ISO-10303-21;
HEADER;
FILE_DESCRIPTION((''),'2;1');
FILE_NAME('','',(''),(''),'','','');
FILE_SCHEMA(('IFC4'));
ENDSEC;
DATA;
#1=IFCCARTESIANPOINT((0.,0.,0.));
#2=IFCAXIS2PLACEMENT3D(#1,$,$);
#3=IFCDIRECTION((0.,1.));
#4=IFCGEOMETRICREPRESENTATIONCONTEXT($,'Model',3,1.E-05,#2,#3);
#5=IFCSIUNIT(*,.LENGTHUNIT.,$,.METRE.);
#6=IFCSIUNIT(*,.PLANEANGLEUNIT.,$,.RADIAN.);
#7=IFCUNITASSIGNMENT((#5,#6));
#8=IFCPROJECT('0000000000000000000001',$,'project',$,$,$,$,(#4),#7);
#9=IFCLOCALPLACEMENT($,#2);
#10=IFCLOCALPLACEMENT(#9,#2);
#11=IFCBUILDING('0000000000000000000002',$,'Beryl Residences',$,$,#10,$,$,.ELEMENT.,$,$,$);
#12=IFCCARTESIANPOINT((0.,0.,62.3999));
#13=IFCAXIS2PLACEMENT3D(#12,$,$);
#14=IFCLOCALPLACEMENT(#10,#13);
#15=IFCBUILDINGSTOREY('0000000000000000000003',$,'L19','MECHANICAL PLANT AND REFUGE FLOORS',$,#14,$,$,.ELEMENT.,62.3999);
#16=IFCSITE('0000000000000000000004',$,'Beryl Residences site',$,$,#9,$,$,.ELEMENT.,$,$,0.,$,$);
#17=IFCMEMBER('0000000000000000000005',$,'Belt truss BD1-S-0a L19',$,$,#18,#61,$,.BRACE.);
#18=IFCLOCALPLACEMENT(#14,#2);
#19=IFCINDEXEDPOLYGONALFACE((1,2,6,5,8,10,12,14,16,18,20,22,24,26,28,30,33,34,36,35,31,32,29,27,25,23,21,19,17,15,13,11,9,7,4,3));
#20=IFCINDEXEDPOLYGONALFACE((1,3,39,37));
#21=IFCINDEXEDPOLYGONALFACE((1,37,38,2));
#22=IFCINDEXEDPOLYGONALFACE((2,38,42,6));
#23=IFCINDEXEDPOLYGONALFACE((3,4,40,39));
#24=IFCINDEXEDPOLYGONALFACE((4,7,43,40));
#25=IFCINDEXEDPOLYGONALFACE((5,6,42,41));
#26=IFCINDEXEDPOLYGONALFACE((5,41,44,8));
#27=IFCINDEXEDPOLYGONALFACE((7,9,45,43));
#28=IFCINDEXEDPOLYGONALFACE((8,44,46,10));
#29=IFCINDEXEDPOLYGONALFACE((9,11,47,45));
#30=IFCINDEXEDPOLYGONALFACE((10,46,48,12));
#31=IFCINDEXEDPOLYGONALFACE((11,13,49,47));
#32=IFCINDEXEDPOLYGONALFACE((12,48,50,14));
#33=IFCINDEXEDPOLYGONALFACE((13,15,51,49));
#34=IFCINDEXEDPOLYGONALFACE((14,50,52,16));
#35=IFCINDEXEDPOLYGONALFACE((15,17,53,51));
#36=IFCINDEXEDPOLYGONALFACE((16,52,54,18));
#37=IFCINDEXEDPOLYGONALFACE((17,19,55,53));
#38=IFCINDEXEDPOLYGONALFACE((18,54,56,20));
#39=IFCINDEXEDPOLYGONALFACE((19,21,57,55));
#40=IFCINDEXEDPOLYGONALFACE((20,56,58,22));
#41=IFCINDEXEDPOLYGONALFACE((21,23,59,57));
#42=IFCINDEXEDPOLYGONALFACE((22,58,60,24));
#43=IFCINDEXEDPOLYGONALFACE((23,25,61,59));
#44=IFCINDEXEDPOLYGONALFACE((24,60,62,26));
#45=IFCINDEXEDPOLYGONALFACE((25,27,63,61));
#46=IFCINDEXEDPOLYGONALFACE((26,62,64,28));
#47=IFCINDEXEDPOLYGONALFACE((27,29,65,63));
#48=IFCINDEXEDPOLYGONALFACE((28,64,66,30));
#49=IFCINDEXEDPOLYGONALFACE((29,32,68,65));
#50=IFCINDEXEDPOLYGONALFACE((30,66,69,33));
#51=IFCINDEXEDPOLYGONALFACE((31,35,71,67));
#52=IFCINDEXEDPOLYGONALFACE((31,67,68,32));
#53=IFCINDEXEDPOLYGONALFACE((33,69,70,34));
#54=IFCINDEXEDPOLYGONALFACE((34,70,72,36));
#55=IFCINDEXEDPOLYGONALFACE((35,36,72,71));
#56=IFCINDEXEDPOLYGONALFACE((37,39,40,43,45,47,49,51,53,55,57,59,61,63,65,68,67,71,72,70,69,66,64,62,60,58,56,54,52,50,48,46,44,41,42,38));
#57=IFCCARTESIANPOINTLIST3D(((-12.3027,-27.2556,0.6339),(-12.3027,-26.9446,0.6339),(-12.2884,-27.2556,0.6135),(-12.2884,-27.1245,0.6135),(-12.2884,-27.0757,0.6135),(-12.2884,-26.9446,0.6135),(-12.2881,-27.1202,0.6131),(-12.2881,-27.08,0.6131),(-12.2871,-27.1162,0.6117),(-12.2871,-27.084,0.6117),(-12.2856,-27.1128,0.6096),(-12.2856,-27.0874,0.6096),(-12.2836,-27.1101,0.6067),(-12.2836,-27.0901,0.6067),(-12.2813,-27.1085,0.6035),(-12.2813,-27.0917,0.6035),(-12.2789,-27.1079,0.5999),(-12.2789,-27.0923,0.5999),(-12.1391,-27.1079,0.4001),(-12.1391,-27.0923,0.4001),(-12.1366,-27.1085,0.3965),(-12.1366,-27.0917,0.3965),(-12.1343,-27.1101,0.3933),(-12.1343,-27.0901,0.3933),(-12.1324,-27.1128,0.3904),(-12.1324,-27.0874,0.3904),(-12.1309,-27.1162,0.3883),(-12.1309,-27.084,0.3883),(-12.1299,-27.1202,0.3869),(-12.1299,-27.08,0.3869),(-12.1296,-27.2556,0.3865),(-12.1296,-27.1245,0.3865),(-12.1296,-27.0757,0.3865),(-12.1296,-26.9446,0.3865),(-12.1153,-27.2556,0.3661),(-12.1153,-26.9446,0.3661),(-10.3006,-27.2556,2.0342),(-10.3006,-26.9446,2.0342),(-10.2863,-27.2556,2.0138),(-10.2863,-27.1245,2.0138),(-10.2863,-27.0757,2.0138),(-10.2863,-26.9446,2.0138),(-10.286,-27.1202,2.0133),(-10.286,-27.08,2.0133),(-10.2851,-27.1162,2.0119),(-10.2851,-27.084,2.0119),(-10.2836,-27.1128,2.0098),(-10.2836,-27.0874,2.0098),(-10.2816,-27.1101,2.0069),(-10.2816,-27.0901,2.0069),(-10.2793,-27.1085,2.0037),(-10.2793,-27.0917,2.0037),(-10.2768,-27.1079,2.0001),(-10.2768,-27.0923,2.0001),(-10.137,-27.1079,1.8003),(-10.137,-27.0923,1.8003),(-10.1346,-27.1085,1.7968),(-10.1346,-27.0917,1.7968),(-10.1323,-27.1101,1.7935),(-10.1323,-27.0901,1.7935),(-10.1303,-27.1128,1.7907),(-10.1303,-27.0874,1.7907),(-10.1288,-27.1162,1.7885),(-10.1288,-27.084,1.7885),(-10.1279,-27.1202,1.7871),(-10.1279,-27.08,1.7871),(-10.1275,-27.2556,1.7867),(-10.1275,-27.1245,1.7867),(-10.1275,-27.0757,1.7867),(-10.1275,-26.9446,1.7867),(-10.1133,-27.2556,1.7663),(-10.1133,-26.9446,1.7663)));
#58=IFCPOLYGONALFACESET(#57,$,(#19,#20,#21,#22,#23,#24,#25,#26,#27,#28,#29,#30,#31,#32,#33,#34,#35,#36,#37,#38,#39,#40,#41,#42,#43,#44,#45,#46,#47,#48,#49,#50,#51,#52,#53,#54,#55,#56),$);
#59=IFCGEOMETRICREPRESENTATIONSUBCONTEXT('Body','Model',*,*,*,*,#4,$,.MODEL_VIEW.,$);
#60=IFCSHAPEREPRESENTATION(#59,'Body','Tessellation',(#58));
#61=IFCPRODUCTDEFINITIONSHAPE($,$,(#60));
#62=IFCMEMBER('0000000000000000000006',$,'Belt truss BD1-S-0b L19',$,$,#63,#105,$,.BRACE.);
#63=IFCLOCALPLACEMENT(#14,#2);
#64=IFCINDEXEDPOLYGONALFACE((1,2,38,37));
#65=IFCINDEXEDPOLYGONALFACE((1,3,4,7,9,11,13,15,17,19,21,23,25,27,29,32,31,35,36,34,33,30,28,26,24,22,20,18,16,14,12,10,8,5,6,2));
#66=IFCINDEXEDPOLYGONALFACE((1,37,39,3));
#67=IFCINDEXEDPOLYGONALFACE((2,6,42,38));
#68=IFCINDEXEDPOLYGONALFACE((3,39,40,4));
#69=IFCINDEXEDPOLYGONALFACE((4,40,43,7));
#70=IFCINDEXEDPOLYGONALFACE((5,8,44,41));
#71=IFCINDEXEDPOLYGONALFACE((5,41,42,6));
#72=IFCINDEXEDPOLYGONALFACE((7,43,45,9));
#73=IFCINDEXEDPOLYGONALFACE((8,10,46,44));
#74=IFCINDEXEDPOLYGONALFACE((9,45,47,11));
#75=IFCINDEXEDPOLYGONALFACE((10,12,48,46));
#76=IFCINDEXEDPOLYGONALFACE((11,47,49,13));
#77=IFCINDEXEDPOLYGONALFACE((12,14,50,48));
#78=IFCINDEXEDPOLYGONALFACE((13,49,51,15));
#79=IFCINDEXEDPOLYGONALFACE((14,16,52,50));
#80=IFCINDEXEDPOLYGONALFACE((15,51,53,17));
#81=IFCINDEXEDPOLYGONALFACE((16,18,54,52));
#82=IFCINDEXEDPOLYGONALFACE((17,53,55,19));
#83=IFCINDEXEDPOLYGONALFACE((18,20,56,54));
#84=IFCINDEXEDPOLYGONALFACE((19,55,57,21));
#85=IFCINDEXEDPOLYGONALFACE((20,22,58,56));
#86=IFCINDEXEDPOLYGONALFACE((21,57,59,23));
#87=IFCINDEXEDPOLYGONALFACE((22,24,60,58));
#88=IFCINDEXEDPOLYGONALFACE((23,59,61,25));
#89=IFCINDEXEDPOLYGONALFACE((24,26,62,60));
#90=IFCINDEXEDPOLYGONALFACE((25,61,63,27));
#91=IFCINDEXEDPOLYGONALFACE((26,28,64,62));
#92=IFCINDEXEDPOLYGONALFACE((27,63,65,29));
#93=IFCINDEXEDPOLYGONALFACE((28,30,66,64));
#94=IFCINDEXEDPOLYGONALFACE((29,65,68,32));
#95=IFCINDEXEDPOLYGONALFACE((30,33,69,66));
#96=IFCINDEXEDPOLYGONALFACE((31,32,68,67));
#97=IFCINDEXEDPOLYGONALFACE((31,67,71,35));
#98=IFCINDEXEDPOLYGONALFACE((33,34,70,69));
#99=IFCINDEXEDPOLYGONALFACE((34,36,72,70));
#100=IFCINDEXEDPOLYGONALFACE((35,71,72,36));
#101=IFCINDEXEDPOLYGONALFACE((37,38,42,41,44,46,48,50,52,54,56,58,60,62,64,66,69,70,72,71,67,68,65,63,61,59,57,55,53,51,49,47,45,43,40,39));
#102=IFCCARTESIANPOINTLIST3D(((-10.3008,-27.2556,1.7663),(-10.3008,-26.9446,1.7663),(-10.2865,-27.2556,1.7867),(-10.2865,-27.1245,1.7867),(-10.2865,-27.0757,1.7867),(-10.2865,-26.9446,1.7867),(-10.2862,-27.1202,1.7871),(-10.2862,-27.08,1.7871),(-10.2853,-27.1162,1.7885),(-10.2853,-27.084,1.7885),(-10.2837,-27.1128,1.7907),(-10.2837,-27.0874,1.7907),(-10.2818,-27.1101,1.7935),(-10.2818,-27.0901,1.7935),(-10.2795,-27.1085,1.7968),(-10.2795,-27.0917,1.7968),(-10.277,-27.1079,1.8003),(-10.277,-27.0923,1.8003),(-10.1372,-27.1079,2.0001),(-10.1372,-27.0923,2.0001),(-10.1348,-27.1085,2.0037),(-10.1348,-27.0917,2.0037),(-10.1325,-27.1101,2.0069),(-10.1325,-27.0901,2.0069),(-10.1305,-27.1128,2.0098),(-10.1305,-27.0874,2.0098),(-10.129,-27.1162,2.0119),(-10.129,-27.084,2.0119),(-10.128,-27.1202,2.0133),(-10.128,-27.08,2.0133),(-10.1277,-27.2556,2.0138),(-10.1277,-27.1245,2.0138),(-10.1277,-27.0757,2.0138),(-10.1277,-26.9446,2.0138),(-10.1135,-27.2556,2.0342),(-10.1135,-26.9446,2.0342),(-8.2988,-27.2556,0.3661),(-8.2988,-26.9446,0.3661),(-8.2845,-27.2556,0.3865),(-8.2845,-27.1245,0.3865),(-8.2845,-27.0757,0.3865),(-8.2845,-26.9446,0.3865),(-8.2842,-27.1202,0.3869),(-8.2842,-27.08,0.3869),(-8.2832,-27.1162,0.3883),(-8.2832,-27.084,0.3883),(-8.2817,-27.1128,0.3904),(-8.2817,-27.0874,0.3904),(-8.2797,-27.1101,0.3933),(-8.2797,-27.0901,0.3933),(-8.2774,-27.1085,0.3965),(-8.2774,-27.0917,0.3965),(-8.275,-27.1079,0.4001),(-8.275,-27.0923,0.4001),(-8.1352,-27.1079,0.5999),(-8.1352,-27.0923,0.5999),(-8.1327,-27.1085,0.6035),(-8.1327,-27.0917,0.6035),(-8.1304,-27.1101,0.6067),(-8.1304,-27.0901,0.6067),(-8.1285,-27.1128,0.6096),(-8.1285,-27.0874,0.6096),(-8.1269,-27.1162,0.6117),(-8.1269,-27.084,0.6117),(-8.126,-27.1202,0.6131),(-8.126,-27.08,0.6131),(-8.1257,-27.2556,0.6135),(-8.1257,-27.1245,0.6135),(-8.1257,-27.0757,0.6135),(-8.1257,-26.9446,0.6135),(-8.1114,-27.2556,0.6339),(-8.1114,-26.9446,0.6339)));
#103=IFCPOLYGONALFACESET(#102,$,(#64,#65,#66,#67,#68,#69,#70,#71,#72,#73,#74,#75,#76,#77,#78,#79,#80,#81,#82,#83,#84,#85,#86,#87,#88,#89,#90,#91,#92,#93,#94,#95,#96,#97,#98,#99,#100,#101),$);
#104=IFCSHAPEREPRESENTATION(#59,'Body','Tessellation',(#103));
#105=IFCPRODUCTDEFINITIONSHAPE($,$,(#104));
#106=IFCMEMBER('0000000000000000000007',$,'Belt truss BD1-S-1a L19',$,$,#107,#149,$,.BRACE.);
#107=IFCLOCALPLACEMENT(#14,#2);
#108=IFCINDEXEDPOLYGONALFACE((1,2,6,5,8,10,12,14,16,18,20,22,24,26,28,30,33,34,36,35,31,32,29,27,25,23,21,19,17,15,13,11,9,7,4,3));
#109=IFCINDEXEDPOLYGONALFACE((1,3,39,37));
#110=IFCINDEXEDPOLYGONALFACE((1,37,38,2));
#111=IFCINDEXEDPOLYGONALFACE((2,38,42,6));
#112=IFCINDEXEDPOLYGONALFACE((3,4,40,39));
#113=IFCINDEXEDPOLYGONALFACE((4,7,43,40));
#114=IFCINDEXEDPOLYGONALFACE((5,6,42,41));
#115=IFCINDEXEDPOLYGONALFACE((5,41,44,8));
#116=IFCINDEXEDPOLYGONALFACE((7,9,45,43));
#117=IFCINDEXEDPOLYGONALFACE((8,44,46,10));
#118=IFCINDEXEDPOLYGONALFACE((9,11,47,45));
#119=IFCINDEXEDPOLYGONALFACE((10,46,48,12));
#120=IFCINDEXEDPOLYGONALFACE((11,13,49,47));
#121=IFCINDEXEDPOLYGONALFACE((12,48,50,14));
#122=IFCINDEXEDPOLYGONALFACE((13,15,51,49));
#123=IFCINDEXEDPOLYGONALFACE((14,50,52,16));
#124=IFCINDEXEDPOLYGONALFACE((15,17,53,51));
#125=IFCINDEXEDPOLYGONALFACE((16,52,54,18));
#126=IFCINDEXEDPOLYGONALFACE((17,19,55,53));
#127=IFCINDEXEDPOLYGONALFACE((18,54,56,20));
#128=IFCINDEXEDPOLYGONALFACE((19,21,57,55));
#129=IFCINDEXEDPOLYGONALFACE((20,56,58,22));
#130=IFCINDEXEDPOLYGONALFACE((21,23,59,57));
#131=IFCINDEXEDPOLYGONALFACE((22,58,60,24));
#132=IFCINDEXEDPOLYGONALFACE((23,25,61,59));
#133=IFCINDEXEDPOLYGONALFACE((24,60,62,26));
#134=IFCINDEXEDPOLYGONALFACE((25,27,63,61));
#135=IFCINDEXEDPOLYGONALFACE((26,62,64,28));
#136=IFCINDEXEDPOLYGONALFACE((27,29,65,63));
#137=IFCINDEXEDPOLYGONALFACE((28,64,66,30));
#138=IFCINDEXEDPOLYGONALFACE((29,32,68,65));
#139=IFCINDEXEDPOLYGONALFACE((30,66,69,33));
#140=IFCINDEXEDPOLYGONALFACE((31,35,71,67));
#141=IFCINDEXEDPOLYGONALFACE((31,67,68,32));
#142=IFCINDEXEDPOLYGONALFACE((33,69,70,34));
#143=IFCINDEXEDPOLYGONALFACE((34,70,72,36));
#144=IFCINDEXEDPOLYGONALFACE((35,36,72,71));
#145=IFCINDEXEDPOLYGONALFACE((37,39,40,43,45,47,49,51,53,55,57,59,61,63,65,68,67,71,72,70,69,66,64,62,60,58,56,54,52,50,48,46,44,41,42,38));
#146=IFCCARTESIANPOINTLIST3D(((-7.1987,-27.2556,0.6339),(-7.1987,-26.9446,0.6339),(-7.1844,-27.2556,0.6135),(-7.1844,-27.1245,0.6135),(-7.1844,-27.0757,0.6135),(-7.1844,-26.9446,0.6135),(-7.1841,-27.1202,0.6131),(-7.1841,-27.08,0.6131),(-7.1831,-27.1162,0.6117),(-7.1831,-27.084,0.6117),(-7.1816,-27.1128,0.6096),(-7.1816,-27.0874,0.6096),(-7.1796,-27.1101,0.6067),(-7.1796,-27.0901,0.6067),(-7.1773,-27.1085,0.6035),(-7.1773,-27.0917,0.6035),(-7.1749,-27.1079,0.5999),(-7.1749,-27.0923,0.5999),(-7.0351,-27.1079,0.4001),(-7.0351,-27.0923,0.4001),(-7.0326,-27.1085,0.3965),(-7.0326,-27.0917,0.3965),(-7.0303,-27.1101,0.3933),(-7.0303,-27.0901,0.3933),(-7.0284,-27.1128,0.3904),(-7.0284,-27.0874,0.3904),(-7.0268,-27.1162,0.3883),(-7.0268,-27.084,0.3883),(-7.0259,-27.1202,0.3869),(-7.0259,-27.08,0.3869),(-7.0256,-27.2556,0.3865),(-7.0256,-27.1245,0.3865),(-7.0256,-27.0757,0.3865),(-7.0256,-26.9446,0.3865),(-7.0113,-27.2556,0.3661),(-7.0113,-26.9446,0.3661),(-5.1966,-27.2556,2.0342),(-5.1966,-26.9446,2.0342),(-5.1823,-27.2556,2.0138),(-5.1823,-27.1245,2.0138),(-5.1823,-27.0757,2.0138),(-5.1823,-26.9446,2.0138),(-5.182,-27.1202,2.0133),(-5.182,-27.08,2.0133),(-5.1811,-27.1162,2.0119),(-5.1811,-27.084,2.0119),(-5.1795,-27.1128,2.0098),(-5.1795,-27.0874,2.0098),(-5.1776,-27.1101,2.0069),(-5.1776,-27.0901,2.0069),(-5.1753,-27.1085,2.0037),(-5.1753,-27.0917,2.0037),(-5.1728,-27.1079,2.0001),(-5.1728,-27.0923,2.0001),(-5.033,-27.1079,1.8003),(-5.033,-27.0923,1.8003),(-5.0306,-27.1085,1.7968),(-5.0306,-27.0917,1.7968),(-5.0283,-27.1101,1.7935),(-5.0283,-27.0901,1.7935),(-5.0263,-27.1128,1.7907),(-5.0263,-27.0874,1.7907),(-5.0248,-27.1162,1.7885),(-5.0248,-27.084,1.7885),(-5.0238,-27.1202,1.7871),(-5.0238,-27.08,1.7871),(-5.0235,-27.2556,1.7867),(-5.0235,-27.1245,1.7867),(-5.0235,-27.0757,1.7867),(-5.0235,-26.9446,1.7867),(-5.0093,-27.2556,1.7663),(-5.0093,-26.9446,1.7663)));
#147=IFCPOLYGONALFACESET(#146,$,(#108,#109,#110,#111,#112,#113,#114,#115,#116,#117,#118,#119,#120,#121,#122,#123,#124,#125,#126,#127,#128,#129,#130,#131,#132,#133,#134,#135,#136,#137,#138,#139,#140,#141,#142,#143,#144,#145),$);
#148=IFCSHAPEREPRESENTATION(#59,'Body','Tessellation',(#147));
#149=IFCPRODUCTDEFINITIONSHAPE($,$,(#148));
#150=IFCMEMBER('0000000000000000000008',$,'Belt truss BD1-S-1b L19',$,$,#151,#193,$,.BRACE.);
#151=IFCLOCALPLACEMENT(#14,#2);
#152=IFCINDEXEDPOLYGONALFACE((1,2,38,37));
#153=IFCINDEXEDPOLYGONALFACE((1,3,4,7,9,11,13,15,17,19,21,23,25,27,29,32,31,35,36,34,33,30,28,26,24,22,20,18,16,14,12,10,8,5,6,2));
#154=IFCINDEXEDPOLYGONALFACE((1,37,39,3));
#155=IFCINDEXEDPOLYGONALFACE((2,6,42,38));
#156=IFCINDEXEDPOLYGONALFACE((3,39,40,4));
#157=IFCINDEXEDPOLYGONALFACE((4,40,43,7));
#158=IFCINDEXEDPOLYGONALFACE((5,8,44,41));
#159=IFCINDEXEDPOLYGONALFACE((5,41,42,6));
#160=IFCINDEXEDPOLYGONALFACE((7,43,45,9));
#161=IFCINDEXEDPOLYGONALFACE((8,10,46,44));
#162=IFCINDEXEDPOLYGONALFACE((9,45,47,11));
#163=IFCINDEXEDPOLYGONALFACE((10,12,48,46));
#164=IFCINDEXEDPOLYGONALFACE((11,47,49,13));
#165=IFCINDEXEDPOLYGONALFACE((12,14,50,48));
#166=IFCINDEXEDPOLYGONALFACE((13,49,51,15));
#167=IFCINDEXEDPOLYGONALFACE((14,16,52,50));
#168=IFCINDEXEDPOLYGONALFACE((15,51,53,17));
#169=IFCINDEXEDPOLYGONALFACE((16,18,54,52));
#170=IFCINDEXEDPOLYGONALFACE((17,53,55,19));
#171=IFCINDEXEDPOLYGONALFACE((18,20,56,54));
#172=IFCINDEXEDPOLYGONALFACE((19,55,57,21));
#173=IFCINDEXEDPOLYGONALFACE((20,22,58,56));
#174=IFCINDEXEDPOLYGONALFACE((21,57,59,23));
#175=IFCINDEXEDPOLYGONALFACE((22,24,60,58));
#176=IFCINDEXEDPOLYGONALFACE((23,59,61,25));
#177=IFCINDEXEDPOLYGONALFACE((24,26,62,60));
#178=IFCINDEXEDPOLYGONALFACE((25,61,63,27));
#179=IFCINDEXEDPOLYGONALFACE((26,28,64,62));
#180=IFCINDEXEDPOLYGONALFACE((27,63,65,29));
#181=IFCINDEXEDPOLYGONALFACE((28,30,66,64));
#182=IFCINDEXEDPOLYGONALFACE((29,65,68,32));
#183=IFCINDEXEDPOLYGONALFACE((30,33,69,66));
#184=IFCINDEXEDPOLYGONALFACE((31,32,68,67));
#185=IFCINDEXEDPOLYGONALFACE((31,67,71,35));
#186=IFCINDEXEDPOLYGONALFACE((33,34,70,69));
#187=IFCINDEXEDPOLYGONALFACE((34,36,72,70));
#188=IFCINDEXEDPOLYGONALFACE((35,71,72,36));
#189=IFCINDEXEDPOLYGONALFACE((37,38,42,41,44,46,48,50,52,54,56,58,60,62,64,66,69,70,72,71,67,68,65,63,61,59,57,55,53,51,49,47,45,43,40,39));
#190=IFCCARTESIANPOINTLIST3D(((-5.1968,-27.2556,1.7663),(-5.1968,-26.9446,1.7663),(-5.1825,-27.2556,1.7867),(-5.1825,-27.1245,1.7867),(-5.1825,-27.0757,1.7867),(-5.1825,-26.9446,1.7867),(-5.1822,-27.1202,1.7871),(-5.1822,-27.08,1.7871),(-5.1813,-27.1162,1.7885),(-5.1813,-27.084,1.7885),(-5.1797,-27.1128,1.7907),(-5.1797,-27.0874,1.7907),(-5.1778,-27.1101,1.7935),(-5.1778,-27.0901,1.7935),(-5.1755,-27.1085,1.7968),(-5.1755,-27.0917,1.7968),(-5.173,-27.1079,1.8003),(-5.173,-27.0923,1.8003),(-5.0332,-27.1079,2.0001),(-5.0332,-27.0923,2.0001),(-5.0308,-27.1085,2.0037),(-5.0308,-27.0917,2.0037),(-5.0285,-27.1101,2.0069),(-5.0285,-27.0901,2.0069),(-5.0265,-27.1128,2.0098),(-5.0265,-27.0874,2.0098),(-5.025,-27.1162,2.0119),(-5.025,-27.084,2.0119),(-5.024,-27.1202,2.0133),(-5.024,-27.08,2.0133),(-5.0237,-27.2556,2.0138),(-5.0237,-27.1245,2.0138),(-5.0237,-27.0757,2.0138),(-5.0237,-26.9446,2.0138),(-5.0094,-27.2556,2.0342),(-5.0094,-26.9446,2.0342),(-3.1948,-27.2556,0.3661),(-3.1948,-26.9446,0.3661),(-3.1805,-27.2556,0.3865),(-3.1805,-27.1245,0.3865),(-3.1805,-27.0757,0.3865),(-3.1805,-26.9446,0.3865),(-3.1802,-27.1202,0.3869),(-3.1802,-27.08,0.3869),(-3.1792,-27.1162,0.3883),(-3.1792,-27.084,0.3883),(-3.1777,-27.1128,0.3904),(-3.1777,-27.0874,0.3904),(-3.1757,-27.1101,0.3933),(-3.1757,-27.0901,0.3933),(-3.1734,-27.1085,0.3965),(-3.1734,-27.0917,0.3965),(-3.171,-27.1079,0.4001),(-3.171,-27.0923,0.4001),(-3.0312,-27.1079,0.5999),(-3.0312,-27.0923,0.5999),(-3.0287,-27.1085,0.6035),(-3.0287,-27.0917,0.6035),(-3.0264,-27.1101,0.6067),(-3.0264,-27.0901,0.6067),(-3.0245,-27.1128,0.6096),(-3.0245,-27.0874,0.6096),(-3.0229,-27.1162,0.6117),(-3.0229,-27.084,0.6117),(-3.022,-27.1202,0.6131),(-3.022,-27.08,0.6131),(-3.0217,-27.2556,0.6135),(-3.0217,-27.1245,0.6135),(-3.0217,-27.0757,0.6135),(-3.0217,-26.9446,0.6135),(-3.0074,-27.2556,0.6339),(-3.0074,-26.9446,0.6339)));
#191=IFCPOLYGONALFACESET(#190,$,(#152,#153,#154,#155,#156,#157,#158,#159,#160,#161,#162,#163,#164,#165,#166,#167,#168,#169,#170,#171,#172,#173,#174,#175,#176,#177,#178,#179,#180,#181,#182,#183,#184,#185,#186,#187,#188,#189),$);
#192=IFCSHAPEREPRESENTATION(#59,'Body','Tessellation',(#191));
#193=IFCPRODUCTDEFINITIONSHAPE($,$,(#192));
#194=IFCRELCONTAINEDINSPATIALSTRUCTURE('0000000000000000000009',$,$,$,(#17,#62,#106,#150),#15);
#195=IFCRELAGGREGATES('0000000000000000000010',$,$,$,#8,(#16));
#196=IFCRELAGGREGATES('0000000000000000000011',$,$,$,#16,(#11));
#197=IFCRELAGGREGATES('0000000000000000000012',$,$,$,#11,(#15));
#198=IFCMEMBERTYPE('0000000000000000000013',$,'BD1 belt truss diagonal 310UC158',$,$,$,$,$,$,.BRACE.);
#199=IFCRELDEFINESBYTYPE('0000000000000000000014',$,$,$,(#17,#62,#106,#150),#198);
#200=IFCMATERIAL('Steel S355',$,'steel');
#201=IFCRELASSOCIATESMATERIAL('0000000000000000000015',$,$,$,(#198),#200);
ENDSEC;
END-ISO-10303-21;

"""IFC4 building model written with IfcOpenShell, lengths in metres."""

from ifc_helpers import new_model, si_unit, direction, frame, origin, origin_2d, place, context, subcontext, project, spatial, i_section, extrude, material, material_profile, profile_set, type_object, element, save


model = new_model("IFC4")

# Units and contexts
model_context = context("Model", 3, precision=1e-05, world=origin(), true_north=direction((0.0, 1.0)))
body_context = subcontext(model_context, "Body", "Model", "MODEL_VIEW")
ifc_project = project(units=[si_unit("LENGTHUNIT", "METRE"), si_unit("PLANEANGLEUNIT", "RADIAN")], contexts=[model_context])

# Site, building, storey
site_placement = place(None, origin())
site = spatial("IfcSite", under=ifc_project, at=site_placement, Name="Beryl Residences site", CompositionType="ELEMENT", RefElevation=0.0)
building_placement = place(site_placement, origin())
building = spatial("IfcBuilding", under=site, at=building_placement, Name="Beryl Residences", CompositionType="ELEMENT")
storey_placement = place(building_placement, frame((0.0, 0.0, 62.3999)))
storey = spatial("IfcBuildingStorey", under=building, at=storey_placement, Name="L19", Description="MECHANICAL PLANT AND REFUGE FLOORS", CompositionType="ELEMENT", Elevation=62.3999)

# Members
ifc_material_1 = material(Name="Steel S355", Category="steel")
ifc_material_profile_1 = material_profile(ifc_material_1, i_section(OverallWidth=0.311, OverallDepth=0.3269, WebThickness=0.0156, FlangeThickness=0.0249, FilletRadius=0.0166, at=origin_2d()))
ifc_profile_set_1 = profile_set([ifc_material_profile_1], Name="Steel S355")
member_type_1 = type_object("IfcMemberType", Name="BD1 belt truss diagonal 310UC158", PredefinedType="BRACE", material=ifc_profile_set_1)
for number, where, z_axis, x_axis, name in (
    (1, (-12.209, -27.1001, 0.5), (0.819467, 0.0, 0.573127), (0.0, 1.0, 0.0), "Belt truss BD1-S-0a L19"),
    (2, (-8.2051, -27.1001, 0.5), (-0.819467, 0.0, 0.573127), (0.0, -1.0, 0.0), "Belt truss BD1-S-0b L19"),
    (3, (-7.105, -27.1001, 0.5), (0.819467, 0.0, 0.573127), (0.0, 1.0, 0.0), "Belt truss BD1-S-1a L19"),
    (4, (-3.1011, -27.1001, 0.5), (-0.819467, 0.0, 0.573127), (0.0, -1.0, 0.0), "Belt truss BD1-S-1b L19"),
):
    element("IfcMember", number, at=place(storey_placement, frame(where, z_axis=z_axis, x_axis=x_axis)), inside=storey, type_object=member_type_1, Name=name, PredefinedType="BRACE", context=body_context, shape_type="SweptSolid", body=[
        extrude(i_section(OverallWidth=0.311, OverallDepth=0.3269, WebThickness=0.0156, FlangeThickness=0.0249, FilletRadius=0.0166, at=origin_2d()), origin(), (0.0, 0.0, 1.0), 2.4431),
    ])

save(model, "model.ifc")
